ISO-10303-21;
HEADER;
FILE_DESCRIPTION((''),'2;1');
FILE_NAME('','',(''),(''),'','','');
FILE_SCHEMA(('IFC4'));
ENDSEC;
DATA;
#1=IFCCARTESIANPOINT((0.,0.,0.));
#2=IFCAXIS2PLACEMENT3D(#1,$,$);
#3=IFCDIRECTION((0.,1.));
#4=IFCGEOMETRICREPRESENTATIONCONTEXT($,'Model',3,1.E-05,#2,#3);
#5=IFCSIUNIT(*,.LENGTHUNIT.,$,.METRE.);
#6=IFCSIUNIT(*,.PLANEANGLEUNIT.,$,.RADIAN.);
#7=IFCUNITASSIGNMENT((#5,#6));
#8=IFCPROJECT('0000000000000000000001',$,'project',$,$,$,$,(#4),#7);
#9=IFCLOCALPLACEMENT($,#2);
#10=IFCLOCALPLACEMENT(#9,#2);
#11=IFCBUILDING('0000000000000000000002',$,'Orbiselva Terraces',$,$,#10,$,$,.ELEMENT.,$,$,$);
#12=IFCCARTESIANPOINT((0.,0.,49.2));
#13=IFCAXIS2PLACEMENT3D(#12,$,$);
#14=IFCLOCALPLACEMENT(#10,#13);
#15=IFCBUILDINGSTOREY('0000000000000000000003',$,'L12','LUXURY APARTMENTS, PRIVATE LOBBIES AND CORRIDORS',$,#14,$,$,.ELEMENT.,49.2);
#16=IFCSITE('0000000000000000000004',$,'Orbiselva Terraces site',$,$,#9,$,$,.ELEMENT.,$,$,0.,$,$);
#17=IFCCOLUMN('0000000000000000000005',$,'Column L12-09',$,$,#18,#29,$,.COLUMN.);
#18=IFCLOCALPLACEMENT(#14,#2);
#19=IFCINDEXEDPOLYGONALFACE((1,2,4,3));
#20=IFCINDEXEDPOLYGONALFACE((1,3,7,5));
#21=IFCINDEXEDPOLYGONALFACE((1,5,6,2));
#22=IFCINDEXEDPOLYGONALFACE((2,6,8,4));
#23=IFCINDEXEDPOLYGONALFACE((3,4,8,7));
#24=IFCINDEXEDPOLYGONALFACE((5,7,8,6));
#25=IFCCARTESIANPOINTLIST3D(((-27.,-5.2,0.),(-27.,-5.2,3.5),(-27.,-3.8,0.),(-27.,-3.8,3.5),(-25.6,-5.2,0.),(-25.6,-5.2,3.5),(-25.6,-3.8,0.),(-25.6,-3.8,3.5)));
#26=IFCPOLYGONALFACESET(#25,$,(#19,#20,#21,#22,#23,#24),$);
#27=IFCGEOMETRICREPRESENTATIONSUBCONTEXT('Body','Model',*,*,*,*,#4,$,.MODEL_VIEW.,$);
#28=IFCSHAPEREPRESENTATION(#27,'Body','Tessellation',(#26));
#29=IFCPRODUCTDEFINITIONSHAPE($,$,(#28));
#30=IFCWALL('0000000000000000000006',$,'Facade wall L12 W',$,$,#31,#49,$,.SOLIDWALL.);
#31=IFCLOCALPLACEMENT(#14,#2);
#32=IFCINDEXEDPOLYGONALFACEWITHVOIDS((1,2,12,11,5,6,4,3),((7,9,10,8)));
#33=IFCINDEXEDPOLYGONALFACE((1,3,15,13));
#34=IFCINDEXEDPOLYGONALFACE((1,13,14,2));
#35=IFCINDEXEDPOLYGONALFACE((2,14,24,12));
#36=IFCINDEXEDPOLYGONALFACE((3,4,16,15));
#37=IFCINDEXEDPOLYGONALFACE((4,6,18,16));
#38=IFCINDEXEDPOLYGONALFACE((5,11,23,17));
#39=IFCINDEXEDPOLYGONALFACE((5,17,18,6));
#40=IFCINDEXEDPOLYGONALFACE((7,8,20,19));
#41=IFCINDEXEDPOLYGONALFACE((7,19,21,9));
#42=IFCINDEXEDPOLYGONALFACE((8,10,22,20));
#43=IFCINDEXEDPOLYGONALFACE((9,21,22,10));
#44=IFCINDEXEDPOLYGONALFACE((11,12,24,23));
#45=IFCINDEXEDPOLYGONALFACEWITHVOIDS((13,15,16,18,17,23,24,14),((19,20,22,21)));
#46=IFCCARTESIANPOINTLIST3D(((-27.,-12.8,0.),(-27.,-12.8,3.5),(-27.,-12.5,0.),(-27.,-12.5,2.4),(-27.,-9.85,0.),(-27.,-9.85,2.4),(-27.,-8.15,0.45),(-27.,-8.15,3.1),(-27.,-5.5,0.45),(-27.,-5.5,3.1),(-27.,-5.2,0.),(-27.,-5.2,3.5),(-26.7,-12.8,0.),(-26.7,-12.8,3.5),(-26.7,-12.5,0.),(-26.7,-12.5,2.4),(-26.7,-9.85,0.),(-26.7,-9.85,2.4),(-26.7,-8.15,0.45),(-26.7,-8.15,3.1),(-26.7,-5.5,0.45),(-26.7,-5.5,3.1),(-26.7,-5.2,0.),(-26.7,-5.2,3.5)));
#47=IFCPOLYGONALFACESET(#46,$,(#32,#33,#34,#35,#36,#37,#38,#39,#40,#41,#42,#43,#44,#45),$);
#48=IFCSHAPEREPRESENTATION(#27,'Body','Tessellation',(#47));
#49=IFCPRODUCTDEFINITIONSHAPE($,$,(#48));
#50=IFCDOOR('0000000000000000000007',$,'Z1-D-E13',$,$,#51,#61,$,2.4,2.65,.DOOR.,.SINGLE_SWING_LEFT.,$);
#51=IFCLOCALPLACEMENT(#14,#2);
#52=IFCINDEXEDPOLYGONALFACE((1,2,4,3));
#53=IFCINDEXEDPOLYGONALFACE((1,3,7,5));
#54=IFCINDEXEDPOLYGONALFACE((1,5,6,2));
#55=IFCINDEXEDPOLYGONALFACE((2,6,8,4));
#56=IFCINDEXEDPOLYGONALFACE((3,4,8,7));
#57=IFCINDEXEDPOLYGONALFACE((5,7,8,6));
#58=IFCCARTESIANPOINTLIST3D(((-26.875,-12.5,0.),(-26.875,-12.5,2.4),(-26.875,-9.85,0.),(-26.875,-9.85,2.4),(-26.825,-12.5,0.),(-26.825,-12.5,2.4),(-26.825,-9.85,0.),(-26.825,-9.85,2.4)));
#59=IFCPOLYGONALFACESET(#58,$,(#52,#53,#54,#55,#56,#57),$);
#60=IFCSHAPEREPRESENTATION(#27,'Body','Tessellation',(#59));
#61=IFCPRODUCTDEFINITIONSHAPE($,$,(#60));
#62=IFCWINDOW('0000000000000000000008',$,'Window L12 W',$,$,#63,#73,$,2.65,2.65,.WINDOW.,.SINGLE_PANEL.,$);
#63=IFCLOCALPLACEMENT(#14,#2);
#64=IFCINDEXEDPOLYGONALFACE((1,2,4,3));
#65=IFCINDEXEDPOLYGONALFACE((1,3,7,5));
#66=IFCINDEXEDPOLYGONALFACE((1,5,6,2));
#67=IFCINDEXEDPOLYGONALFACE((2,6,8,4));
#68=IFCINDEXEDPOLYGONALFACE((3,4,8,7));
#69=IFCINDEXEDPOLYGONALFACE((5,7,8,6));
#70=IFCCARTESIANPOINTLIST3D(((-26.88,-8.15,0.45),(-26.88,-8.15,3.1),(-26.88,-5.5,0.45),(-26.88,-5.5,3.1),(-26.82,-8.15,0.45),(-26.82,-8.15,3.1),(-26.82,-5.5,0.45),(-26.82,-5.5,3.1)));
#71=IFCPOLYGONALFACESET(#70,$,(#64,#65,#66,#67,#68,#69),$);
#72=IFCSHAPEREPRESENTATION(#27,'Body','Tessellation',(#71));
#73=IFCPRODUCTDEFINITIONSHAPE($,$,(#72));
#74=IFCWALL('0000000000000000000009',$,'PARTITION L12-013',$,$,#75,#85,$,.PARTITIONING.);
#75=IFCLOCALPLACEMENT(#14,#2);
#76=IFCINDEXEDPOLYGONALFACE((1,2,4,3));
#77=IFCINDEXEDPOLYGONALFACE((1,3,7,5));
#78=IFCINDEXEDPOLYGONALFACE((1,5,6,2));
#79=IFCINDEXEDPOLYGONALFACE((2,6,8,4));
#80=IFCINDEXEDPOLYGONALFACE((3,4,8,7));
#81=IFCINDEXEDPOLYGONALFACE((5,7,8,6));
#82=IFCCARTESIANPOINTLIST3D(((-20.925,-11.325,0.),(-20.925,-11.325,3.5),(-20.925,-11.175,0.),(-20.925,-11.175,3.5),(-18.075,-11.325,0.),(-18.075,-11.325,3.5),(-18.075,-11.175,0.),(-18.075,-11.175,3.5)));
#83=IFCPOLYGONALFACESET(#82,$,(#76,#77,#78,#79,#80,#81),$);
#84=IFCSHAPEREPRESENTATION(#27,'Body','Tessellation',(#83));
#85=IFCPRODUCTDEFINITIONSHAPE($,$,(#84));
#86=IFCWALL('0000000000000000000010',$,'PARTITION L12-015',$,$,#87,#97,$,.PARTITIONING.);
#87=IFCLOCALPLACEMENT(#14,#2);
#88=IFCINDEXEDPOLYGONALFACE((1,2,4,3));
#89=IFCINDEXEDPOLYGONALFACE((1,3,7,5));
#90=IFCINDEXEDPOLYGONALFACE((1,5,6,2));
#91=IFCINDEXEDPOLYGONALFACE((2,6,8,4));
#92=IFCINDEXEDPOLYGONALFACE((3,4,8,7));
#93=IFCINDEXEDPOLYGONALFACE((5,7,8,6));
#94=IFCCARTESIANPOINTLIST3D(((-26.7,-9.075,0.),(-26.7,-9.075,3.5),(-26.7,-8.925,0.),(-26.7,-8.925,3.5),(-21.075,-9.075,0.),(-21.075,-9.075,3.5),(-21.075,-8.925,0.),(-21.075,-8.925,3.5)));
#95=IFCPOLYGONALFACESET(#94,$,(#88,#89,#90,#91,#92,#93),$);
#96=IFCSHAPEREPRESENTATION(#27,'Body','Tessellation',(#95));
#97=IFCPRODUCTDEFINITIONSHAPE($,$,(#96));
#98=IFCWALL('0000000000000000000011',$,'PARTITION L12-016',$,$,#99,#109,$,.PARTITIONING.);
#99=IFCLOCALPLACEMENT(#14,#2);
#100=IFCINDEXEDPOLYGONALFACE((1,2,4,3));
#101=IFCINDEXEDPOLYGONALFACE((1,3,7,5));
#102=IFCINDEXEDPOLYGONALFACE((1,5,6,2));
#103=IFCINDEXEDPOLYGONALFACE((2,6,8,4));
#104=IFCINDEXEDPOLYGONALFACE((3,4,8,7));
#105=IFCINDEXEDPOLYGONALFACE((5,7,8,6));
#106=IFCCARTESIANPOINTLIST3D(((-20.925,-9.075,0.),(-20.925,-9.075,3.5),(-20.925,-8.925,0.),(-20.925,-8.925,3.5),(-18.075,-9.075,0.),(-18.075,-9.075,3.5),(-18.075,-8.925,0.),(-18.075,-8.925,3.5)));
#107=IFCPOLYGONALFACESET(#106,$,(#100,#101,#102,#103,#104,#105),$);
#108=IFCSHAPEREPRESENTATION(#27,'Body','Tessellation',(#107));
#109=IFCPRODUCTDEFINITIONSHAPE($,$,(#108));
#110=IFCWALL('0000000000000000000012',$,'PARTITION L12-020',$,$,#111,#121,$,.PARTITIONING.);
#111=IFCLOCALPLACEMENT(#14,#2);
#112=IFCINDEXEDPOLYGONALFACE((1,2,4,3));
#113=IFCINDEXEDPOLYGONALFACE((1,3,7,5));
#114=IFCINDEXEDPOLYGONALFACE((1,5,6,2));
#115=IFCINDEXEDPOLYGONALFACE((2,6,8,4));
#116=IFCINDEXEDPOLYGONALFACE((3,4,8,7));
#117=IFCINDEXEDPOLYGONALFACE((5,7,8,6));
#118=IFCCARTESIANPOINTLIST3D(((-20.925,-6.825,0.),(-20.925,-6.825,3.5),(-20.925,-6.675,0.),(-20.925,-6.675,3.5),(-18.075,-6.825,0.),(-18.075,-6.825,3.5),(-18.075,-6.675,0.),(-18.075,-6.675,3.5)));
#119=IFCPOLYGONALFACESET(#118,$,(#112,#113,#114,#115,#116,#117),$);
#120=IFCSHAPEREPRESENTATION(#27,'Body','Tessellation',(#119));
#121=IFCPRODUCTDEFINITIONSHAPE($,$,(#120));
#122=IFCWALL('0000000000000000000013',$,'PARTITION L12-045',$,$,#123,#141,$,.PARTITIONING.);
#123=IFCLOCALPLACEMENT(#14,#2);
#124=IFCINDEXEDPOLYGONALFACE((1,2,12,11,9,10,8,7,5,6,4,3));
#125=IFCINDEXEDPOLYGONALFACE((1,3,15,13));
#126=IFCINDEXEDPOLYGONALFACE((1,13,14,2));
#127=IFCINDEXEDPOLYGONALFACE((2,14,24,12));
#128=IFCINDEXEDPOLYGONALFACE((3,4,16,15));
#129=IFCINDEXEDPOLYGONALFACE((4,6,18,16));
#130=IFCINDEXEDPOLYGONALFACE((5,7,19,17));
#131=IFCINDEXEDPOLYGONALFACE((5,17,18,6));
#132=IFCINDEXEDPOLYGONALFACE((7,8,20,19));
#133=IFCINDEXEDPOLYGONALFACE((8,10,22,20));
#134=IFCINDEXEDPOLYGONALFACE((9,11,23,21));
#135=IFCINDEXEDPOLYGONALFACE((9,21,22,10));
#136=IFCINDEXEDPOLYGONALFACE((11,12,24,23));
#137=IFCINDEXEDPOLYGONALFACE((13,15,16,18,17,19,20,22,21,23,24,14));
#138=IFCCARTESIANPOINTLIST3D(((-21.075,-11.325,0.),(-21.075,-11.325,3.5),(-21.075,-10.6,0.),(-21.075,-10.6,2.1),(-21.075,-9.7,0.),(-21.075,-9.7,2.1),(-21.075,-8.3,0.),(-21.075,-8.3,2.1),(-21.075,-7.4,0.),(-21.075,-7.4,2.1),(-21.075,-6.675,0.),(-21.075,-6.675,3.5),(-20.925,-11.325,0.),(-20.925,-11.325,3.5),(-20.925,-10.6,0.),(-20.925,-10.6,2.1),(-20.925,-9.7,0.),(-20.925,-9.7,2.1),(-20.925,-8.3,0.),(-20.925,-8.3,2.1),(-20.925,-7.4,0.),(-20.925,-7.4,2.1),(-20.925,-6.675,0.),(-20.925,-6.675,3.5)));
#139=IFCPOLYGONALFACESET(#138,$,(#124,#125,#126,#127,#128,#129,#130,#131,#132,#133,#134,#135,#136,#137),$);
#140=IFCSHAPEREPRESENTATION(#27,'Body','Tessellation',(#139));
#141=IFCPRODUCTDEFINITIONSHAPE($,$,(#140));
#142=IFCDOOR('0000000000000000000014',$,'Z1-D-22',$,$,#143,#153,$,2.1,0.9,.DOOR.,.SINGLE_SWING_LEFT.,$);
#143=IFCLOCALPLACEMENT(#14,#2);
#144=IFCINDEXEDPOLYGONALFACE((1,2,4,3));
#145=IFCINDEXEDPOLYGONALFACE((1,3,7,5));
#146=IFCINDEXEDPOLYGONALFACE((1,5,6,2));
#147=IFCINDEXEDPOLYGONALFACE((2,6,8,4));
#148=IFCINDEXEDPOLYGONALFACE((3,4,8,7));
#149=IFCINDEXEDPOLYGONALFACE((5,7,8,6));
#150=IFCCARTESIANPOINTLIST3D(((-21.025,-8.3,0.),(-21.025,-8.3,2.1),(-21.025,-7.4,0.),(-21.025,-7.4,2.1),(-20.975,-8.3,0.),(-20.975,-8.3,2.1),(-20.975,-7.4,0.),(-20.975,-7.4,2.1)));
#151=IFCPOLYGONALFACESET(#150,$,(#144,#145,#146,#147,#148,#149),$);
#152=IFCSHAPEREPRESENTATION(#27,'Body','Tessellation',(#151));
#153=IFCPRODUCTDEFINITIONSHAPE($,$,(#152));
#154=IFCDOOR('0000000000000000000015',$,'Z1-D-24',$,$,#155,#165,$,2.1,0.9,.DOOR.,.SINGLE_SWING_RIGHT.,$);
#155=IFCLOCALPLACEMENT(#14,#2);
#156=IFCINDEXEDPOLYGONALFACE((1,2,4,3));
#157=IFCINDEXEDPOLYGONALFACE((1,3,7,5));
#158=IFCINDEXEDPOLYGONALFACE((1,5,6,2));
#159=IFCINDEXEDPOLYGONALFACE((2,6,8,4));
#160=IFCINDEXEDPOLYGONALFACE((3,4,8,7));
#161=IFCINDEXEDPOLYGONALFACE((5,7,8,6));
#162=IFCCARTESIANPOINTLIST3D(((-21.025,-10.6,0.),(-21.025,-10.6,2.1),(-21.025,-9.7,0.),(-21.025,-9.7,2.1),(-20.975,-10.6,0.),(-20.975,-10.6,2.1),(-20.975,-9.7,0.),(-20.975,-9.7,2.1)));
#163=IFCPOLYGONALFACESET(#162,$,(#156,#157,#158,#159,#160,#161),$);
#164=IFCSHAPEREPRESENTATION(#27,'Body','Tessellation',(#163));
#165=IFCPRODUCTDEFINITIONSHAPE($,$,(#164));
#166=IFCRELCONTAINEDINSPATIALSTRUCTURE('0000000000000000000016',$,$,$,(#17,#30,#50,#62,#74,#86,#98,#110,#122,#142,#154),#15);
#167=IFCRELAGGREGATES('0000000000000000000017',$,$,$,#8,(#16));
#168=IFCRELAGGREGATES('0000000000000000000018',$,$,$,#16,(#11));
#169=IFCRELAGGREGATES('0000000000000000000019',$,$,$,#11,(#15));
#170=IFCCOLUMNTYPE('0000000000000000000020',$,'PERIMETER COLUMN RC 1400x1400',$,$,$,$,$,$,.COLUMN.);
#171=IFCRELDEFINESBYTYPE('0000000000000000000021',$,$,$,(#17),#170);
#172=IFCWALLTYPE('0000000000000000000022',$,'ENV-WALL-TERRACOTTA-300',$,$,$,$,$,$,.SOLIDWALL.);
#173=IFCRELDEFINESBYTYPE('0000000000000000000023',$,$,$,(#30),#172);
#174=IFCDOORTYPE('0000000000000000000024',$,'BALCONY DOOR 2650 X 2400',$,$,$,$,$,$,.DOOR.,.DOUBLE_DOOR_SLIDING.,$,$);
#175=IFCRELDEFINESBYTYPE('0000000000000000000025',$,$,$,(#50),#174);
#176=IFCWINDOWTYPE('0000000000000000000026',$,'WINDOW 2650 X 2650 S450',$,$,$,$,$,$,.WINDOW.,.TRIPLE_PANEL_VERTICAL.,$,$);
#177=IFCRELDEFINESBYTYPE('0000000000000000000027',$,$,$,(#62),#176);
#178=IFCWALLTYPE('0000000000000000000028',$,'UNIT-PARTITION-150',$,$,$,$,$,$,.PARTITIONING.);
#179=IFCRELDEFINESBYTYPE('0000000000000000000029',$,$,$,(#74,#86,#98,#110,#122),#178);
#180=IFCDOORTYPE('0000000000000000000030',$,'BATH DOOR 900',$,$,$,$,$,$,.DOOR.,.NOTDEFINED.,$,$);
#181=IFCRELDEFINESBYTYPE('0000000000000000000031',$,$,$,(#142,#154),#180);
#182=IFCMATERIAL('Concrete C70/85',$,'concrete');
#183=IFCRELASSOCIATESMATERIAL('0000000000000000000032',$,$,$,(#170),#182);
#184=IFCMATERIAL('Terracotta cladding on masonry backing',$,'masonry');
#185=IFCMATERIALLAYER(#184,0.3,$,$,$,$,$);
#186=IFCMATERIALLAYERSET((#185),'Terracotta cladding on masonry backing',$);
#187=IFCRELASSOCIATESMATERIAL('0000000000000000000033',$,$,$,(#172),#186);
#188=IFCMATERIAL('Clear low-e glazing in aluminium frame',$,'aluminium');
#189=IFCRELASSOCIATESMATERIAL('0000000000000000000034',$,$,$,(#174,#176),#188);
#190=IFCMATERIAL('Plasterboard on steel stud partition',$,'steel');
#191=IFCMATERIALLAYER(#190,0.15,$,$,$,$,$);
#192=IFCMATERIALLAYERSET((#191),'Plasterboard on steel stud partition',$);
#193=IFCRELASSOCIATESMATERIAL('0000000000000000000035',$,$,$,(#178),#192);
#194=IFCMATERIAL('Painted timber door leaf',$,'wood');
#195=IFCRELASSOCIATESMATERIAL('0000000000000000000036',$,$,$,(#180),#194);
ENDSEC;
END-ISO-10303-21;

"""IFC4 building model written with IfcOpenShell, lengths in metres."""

from ifc_helpers import new_model, si_unit, direction, frame, frame_2d, origin, origin_2d, place, context, subcontext, project, spatial, rectangle, extrude, material, layer, layer_set, material_profile, profile_set, type_object, element, fill, save


model = new_model("IFC4")

# Units and contexts
model_context = context("Model", 3, precision=1e-05, world=origin(), true_north=direction((0.0, 1.0)))
body_context = subcontext(model_context, "Body", "Model", "MODEL_VIEW")
ifc_project = project(units=[si_unit("LENGTHUNIT", "METRE"), si_unit("PLANEANGLEUNIT", "RADIAN")], contexts=[model_context])

# Site, building, storey
site_placement = place(None, origin())
site = spatial("IfcSite", under=ifc_project, at=site_placement, Name="Orbiselva Terraces site", CompositionType="ELEMENT", RefElevation=0.0)
building_placement = place(site_placement, origin())
building = spatial("IfcBuilding", under=site, at=building_placement, Name="Orbiselva Terraces", CompositionType="ELEMENT")
storey_placement = place(building_placement, frame((0.0, 0.0, 49.2)))
storey = spatial("IfcBuildingStorey", under=building, at=storey_placement, Name="L12", Description="LUXURY APARTMENTS, PRIVATE LOBBIES AND CORRIDORS", CompositionType="ELEMENT", Elevation=49.2)

# Column
ifc_material_1 = material(Name="Concrete C70/85", Category="concrete")
ifc_material_profile = material_profile(ifc_material_1, rectangle(XDim=1.4, YDim=1.4, at=origin_2d()), Name="RC 1400x1400")
ifc_profile_set = profile_set([ifc_material_profile], Name="Concrete C70/85")
column_type = type_object("IfcColumnType", Name="PERIMETER COLUMN RC 1400x1400", PredefinedType="COLUMN", material=ifc_profile_set)
column_placement = place(storey_placement, frame((-26.3, -4.5, 0.0), z_axis=(0.0, 0.0, 1.0), x_axis=(1.0, 0.0, 0.0)))
element("IfcColumn", 1, at=column_placement, inside=storey, type_object=column_type, Name="Column L12-09", PredefinedType="COLUMN", context=body_context, shape_type="SweptSolid", body=[
    extrude(rectangle(XDim=1.4, YDim=1.4, at=origin_2d()), origin(), (0.0, 0.0, 1.0), 3.5),
])

# Wall, openings, door, window
ifc_material_2 = material(Name="Terracotta cladding on masonry backing", Category="masonry")
ifc_layer_1 = layer(ifc_material_2, 0.3)
ifc_layer_set_1 = layer_set([ifc_layer_1], Name="Terracotta cladding on masonry backing")
wall_type_1 = type_object("IfcWallType", Name="ENV-WALL-TERRACOTTA-300", PredefinedType="SOLIDWALL", material=ifc_layer_set_1)
wall_1_placement = place(storey_placement, frame((-26.85, -12.8, 0.0), z_axis=(0.0, 0.0, 1.0), x_axis=(0.0, 1.0, 0.0)))
wall_1 = element("IfcWall", 2, at=wall_1_placement, inside=storey, type_object=wall_type_1, Name="Facade wall L12 W", PredefinedType="SOLIDWALL", context=body_context, shape_type="SweptSolid", body=[
    extrude(rectangle(XDim=7.6, YDim=0.3, at=frame_2d((3.8, 0.0))), origin(), (0.0, 0.0, 1.0), 3.5),
])
opening_1_placement = place(wall_1_placement, frame((4.65, 0.0, 0.45)))
opening_1 = element("IfcOpeningElement", 3, at=opening_1_placement, cuts=wall_1, PredefinedType="OPENING", context=body_context, shape_type="SweptSolid", body=[
    extrude(rectangle(XDim=2.65, YDim=2.65, at=frame_2d((1.325, 1.325))), frame((0.0, 0.16, 0.0), z_axis=(0.0, -1.0, 0.0), x_axis=(1.0, 0.0, 0.0)), (0.0, 0.0, 1.0), 0.32),
])
opening_2_placement = place(wall_1_placement, frame((0.3, 0.0, 0.0)))
opening_2 = element("IfcOpeningElement", 4, at=opening_2_placement, cuts=wall_1, PredefinedType="OPENING", context=body_context, shape_type="SweptSolid", body=[
    extrude(rectangle(XDim=2.65, YDim=2.4, at=frame_2d((1.325, 1.2))), frame((0.0, 0.16, 0.0), z_axis=(0.0, -1.0, 0.0), x_axis=(1.0, 0.0, 0.0)), (0.0, 0.0, 1.0), 0.32),
])
ifc_material_3 = material(Name="Clear low-e glazing in aluminium frame", Category="aluminium")
door_type_1 = type_object("IfcDoorType", Name="BALCONY DOOR 2650 X 2400", OperationType="DOUBLE_DOOR_SLIDING", PredefinedType="DOOR", material=ifc_material_3)
door_1_placement = place(opening_2_placement, origin())
door_1 = element("IfcDoor", 5, at=door_1_placement, inside=storey, type_object=door_type_1, Name="Z1-D-E13", OperationType="SINGLE_SWING_LEFT", OverallHeight=2.4, OverallWidth=2.65, PredefinedType="DOOR", context=body_context, shape_type="SweptSolid", body=[
    extrude(rectangle(XDim=2.65, YDim=2.4, at=frame_2d((1.325, 1.2))), frame((0.0, 0.025, 0.0), z_axis=(0.0, -1.0, 0.0), x_axis=(1.0, 0.0, 0.0)), (0.0, 0.0, 1.0), 0.05),
])
fill(opening_2, door_1)
window_type = type_object("IfcWindowType", Name="WINDOW 2650 X 2650 S450", PartitioningType="TRIPLE_PANEL_VERTICAL", PredefinedType="WINDOW", material=ifc_material_3)
window_placement = place(opening_1_placement, origin())
window = element("IfcWindow", 6, at=window_placement, inside=storey, type_object=window_type, Name="Window L12 W", OverallHeight=2.65, OverallWidth=2.65, PartitioningType="SINGLE_PANEL", PredefinedType="WINDOW", context=body_context, shape_type="SweptSolid", body=[
    extrude(rectangle(XDim=2.65, YDim=2.65, at=frame_2d((1.325, 1.325))), frame((0.0, 0.03, 0.0), z_axis=(0.0, -1.0, 0.0), x_axis=(1.0, 0.0, 0.0)), (0.0, 0.0, 1.0), 0.06),
])
fill(opening_1, window)

# Walls
ifc_material_4 = material(Name="Plasterboard on steel stud partition", Category="steel")
ifc_layer_2 = layer(ifc_material_4, 0.15)
ifc_layer_set_2 = layer_set([ifc_layer_2], Name="Plasterboard on steel stud partition")
wall_type_2 = type_object("IfcWallType", Name="UNIT-PARTITION-150", PredefinedType="PARTITIONING", material=ifc_layer_set_2)
wall_2_placement = place(storey_placement, frame((-20.925, -11.25, 0.0), z_axis=(0.0, 0.0, 1.0), x_axis=(1.0, 0.0, 0.0)))
element("IfcWall", 7, at=wall_2_placement, inside=storey, type_object=wall_type_2, Name="PARTITION L12-013", PredefinedType="PARTITIONING", context=body_context, shape_type="SweptSolid", body=[
    extrude(rectangle(XDim=2.85, YDim=0.15, at=frame_2d((1.425, 0.0))), origin(), (0.0, 0.0, 1.0), 3.5),
])
wall_3_placement = place(storey_placement, frame((-26.7, -9.0, 0.0), z_axis=(0.0, 0.0, 1.0), x_axis=(1.0, 0.0, 0.0)))
element("IfcWall", 8, at=wall_3_placement, inside=storey, type_object=wall_type_2, Name="PARTITION L12-015", PredefinedType="PARTITIONING", context=body_context, shape_type="SweptSolid", body=[
    extrude(rectangle(XDim=5.625, YDim=0.15, at=frame_2d((2.8125, 0.0))), origin(), (0.0, 0.0, 1.0), 3.5),
])
for number, where, z_axis, x_axis, name in (
    (9, (-20.925, -9.0, 0.0), (0.0, 0.0, 1.0), (1.0, 0.0, 0.0), "PARTITION L12-016"),
    (10, (-20.925, -6.75, 0.0), (0.0, 0.0, 1.0), (1.0, 0.0, 0.0), "PARTITION L12-020"),
):
    element("IfcWall", number, at=place(storey_placement, frame(where, z_axis=z_axis, x_axis=x_axis)), inside=storey, type_object=wall_type_2, Name=name, PredefinedType="PARTITIONING", context=body_context, shape_type="SweptSolid", body=[
        extrude(rectangle(XDim=2.85, YDim=0.15, at=frame_2d((1.425, 0.0))), origin(), (0.0, 0.0, 1.0), 3.5),
    ])

# Wall, openings, doors
wall_4_placement = place(storey_placement, frame((-21.0, -6.675, 0.0), z_axis=(0.0, 0.0, 1.0), x_axis=(0.0, -1.0, 0.0)))
wall_4 = element("IfcWall", 11, at=wall_4_placement, inside=storey, type_object=wall_type_2, Name="PARTITION L12-045", PredefinedType="PARTITIONING", context=body_context, shape_type="SweptSolid", body=[
    extrude(rectangle(XDim=4.65, YDim=0.15, at=frame_2d((2.325, 0.0))), origin(), (0.0, 0.0, 1.0), 3.5),
])
opening_3_placement = place(wall_4_placement, frame((0.725, 0.0, 0.0)))
opening_3 = element("IfcOpeningElement", 12, at=opening_3_placement, cuts=wall_4, PredefinedType="OPENING", context=body_context, shape_type="SweptSolid", body=[
    extrude(rectangle(XDim=0.9, YDim=2.1, at=frame_2d((0.45, 1.05))), frame((0.0, 0.085, 0.0), z_axis=(0.0, -1.0, 0.0), x_axis=(1.0, 0.0, 0.0)), (0.0, 0.0, 1.0), 0.17),
])
opening_4_placement = place(wall_4_placement, frame((3.025, 0.0, 0.0)))
opening_4 = element("IfcOpeningElement", 13, at=opening_4_placement, cuts=wall_4, PredefinedType="OPENING", context=body_context, shape_type="SweptSolid", body=[
    extrude(rectangle(XDim=0.9, YDim=2.1, at=frame_2d((0.45, 1.05))), frame((0.0, 0.085, 0.0), z_axis=(0.0, -1.0, 0.0), x_axis=(1.0, 0.0, 0.0)), (0.0, 0.0, 1.0), 0.17),
])
ifc_material_5 = material(Name="Painted timber door leaf", Category="wood")
door_type_2 = type_object("IfcDoorType", Name="BATH DOOR 900", OperationType="NOTDEFINED", PredefinedType="DOOR", material=ifc_material_5)
door_2_placement = place(opening_3_placement, origin())
door_2 = element("IfcDoor", 14, at=door_2_placement, inside=storey, type_object=door_type_2, Name="Z1-D-22", OperationType="SINGLE_SWING_LEFT", OverallHeight=2.1, OverallWidth=0.9, PredefinedType="DOOR", context=body_context, shape_type="SweptSolid", body=[
    extrude(rectangle(XDim=0.9, YDim=2.1, at=frame_2d((0.45, 1.05))), frame((0.0, 0.025, 0.0), z_axis=(0.0, -1.0, 0.0), x_axis=(1.0, 0.0, 0.0)), (0.0, 0.0, 1.0), 0.05),
])
fill(opening_3, door_2)
door_3_placement = place(opening_4_placement, origin())
door_3 = element("IfcDoor", 15, at=door_3_placement, inside=storey, type_object=door_type_2, Name="Z1-D-24", OperationType="SINGLE_SWING_RIGHT", OverallHeight=2.1, OverallWidth=0.9, PredefinedType="DOOR", context=body_context, shape_type="SweptSolid", body=[
    extrude(rectangle(XDim=0.9, YDim=2.1, at=frame_2d((0.45, 1.05))), frame((0.0, 0.025, 0.0), z_axis=(0.0, -1.0, 0.0), x_axis=(1.0, 0.0, 0.0)), (0.0, 0.0, 1.0), 0.05),
])
fill(opening_4, door_3)

save(model, "model.ifc")
